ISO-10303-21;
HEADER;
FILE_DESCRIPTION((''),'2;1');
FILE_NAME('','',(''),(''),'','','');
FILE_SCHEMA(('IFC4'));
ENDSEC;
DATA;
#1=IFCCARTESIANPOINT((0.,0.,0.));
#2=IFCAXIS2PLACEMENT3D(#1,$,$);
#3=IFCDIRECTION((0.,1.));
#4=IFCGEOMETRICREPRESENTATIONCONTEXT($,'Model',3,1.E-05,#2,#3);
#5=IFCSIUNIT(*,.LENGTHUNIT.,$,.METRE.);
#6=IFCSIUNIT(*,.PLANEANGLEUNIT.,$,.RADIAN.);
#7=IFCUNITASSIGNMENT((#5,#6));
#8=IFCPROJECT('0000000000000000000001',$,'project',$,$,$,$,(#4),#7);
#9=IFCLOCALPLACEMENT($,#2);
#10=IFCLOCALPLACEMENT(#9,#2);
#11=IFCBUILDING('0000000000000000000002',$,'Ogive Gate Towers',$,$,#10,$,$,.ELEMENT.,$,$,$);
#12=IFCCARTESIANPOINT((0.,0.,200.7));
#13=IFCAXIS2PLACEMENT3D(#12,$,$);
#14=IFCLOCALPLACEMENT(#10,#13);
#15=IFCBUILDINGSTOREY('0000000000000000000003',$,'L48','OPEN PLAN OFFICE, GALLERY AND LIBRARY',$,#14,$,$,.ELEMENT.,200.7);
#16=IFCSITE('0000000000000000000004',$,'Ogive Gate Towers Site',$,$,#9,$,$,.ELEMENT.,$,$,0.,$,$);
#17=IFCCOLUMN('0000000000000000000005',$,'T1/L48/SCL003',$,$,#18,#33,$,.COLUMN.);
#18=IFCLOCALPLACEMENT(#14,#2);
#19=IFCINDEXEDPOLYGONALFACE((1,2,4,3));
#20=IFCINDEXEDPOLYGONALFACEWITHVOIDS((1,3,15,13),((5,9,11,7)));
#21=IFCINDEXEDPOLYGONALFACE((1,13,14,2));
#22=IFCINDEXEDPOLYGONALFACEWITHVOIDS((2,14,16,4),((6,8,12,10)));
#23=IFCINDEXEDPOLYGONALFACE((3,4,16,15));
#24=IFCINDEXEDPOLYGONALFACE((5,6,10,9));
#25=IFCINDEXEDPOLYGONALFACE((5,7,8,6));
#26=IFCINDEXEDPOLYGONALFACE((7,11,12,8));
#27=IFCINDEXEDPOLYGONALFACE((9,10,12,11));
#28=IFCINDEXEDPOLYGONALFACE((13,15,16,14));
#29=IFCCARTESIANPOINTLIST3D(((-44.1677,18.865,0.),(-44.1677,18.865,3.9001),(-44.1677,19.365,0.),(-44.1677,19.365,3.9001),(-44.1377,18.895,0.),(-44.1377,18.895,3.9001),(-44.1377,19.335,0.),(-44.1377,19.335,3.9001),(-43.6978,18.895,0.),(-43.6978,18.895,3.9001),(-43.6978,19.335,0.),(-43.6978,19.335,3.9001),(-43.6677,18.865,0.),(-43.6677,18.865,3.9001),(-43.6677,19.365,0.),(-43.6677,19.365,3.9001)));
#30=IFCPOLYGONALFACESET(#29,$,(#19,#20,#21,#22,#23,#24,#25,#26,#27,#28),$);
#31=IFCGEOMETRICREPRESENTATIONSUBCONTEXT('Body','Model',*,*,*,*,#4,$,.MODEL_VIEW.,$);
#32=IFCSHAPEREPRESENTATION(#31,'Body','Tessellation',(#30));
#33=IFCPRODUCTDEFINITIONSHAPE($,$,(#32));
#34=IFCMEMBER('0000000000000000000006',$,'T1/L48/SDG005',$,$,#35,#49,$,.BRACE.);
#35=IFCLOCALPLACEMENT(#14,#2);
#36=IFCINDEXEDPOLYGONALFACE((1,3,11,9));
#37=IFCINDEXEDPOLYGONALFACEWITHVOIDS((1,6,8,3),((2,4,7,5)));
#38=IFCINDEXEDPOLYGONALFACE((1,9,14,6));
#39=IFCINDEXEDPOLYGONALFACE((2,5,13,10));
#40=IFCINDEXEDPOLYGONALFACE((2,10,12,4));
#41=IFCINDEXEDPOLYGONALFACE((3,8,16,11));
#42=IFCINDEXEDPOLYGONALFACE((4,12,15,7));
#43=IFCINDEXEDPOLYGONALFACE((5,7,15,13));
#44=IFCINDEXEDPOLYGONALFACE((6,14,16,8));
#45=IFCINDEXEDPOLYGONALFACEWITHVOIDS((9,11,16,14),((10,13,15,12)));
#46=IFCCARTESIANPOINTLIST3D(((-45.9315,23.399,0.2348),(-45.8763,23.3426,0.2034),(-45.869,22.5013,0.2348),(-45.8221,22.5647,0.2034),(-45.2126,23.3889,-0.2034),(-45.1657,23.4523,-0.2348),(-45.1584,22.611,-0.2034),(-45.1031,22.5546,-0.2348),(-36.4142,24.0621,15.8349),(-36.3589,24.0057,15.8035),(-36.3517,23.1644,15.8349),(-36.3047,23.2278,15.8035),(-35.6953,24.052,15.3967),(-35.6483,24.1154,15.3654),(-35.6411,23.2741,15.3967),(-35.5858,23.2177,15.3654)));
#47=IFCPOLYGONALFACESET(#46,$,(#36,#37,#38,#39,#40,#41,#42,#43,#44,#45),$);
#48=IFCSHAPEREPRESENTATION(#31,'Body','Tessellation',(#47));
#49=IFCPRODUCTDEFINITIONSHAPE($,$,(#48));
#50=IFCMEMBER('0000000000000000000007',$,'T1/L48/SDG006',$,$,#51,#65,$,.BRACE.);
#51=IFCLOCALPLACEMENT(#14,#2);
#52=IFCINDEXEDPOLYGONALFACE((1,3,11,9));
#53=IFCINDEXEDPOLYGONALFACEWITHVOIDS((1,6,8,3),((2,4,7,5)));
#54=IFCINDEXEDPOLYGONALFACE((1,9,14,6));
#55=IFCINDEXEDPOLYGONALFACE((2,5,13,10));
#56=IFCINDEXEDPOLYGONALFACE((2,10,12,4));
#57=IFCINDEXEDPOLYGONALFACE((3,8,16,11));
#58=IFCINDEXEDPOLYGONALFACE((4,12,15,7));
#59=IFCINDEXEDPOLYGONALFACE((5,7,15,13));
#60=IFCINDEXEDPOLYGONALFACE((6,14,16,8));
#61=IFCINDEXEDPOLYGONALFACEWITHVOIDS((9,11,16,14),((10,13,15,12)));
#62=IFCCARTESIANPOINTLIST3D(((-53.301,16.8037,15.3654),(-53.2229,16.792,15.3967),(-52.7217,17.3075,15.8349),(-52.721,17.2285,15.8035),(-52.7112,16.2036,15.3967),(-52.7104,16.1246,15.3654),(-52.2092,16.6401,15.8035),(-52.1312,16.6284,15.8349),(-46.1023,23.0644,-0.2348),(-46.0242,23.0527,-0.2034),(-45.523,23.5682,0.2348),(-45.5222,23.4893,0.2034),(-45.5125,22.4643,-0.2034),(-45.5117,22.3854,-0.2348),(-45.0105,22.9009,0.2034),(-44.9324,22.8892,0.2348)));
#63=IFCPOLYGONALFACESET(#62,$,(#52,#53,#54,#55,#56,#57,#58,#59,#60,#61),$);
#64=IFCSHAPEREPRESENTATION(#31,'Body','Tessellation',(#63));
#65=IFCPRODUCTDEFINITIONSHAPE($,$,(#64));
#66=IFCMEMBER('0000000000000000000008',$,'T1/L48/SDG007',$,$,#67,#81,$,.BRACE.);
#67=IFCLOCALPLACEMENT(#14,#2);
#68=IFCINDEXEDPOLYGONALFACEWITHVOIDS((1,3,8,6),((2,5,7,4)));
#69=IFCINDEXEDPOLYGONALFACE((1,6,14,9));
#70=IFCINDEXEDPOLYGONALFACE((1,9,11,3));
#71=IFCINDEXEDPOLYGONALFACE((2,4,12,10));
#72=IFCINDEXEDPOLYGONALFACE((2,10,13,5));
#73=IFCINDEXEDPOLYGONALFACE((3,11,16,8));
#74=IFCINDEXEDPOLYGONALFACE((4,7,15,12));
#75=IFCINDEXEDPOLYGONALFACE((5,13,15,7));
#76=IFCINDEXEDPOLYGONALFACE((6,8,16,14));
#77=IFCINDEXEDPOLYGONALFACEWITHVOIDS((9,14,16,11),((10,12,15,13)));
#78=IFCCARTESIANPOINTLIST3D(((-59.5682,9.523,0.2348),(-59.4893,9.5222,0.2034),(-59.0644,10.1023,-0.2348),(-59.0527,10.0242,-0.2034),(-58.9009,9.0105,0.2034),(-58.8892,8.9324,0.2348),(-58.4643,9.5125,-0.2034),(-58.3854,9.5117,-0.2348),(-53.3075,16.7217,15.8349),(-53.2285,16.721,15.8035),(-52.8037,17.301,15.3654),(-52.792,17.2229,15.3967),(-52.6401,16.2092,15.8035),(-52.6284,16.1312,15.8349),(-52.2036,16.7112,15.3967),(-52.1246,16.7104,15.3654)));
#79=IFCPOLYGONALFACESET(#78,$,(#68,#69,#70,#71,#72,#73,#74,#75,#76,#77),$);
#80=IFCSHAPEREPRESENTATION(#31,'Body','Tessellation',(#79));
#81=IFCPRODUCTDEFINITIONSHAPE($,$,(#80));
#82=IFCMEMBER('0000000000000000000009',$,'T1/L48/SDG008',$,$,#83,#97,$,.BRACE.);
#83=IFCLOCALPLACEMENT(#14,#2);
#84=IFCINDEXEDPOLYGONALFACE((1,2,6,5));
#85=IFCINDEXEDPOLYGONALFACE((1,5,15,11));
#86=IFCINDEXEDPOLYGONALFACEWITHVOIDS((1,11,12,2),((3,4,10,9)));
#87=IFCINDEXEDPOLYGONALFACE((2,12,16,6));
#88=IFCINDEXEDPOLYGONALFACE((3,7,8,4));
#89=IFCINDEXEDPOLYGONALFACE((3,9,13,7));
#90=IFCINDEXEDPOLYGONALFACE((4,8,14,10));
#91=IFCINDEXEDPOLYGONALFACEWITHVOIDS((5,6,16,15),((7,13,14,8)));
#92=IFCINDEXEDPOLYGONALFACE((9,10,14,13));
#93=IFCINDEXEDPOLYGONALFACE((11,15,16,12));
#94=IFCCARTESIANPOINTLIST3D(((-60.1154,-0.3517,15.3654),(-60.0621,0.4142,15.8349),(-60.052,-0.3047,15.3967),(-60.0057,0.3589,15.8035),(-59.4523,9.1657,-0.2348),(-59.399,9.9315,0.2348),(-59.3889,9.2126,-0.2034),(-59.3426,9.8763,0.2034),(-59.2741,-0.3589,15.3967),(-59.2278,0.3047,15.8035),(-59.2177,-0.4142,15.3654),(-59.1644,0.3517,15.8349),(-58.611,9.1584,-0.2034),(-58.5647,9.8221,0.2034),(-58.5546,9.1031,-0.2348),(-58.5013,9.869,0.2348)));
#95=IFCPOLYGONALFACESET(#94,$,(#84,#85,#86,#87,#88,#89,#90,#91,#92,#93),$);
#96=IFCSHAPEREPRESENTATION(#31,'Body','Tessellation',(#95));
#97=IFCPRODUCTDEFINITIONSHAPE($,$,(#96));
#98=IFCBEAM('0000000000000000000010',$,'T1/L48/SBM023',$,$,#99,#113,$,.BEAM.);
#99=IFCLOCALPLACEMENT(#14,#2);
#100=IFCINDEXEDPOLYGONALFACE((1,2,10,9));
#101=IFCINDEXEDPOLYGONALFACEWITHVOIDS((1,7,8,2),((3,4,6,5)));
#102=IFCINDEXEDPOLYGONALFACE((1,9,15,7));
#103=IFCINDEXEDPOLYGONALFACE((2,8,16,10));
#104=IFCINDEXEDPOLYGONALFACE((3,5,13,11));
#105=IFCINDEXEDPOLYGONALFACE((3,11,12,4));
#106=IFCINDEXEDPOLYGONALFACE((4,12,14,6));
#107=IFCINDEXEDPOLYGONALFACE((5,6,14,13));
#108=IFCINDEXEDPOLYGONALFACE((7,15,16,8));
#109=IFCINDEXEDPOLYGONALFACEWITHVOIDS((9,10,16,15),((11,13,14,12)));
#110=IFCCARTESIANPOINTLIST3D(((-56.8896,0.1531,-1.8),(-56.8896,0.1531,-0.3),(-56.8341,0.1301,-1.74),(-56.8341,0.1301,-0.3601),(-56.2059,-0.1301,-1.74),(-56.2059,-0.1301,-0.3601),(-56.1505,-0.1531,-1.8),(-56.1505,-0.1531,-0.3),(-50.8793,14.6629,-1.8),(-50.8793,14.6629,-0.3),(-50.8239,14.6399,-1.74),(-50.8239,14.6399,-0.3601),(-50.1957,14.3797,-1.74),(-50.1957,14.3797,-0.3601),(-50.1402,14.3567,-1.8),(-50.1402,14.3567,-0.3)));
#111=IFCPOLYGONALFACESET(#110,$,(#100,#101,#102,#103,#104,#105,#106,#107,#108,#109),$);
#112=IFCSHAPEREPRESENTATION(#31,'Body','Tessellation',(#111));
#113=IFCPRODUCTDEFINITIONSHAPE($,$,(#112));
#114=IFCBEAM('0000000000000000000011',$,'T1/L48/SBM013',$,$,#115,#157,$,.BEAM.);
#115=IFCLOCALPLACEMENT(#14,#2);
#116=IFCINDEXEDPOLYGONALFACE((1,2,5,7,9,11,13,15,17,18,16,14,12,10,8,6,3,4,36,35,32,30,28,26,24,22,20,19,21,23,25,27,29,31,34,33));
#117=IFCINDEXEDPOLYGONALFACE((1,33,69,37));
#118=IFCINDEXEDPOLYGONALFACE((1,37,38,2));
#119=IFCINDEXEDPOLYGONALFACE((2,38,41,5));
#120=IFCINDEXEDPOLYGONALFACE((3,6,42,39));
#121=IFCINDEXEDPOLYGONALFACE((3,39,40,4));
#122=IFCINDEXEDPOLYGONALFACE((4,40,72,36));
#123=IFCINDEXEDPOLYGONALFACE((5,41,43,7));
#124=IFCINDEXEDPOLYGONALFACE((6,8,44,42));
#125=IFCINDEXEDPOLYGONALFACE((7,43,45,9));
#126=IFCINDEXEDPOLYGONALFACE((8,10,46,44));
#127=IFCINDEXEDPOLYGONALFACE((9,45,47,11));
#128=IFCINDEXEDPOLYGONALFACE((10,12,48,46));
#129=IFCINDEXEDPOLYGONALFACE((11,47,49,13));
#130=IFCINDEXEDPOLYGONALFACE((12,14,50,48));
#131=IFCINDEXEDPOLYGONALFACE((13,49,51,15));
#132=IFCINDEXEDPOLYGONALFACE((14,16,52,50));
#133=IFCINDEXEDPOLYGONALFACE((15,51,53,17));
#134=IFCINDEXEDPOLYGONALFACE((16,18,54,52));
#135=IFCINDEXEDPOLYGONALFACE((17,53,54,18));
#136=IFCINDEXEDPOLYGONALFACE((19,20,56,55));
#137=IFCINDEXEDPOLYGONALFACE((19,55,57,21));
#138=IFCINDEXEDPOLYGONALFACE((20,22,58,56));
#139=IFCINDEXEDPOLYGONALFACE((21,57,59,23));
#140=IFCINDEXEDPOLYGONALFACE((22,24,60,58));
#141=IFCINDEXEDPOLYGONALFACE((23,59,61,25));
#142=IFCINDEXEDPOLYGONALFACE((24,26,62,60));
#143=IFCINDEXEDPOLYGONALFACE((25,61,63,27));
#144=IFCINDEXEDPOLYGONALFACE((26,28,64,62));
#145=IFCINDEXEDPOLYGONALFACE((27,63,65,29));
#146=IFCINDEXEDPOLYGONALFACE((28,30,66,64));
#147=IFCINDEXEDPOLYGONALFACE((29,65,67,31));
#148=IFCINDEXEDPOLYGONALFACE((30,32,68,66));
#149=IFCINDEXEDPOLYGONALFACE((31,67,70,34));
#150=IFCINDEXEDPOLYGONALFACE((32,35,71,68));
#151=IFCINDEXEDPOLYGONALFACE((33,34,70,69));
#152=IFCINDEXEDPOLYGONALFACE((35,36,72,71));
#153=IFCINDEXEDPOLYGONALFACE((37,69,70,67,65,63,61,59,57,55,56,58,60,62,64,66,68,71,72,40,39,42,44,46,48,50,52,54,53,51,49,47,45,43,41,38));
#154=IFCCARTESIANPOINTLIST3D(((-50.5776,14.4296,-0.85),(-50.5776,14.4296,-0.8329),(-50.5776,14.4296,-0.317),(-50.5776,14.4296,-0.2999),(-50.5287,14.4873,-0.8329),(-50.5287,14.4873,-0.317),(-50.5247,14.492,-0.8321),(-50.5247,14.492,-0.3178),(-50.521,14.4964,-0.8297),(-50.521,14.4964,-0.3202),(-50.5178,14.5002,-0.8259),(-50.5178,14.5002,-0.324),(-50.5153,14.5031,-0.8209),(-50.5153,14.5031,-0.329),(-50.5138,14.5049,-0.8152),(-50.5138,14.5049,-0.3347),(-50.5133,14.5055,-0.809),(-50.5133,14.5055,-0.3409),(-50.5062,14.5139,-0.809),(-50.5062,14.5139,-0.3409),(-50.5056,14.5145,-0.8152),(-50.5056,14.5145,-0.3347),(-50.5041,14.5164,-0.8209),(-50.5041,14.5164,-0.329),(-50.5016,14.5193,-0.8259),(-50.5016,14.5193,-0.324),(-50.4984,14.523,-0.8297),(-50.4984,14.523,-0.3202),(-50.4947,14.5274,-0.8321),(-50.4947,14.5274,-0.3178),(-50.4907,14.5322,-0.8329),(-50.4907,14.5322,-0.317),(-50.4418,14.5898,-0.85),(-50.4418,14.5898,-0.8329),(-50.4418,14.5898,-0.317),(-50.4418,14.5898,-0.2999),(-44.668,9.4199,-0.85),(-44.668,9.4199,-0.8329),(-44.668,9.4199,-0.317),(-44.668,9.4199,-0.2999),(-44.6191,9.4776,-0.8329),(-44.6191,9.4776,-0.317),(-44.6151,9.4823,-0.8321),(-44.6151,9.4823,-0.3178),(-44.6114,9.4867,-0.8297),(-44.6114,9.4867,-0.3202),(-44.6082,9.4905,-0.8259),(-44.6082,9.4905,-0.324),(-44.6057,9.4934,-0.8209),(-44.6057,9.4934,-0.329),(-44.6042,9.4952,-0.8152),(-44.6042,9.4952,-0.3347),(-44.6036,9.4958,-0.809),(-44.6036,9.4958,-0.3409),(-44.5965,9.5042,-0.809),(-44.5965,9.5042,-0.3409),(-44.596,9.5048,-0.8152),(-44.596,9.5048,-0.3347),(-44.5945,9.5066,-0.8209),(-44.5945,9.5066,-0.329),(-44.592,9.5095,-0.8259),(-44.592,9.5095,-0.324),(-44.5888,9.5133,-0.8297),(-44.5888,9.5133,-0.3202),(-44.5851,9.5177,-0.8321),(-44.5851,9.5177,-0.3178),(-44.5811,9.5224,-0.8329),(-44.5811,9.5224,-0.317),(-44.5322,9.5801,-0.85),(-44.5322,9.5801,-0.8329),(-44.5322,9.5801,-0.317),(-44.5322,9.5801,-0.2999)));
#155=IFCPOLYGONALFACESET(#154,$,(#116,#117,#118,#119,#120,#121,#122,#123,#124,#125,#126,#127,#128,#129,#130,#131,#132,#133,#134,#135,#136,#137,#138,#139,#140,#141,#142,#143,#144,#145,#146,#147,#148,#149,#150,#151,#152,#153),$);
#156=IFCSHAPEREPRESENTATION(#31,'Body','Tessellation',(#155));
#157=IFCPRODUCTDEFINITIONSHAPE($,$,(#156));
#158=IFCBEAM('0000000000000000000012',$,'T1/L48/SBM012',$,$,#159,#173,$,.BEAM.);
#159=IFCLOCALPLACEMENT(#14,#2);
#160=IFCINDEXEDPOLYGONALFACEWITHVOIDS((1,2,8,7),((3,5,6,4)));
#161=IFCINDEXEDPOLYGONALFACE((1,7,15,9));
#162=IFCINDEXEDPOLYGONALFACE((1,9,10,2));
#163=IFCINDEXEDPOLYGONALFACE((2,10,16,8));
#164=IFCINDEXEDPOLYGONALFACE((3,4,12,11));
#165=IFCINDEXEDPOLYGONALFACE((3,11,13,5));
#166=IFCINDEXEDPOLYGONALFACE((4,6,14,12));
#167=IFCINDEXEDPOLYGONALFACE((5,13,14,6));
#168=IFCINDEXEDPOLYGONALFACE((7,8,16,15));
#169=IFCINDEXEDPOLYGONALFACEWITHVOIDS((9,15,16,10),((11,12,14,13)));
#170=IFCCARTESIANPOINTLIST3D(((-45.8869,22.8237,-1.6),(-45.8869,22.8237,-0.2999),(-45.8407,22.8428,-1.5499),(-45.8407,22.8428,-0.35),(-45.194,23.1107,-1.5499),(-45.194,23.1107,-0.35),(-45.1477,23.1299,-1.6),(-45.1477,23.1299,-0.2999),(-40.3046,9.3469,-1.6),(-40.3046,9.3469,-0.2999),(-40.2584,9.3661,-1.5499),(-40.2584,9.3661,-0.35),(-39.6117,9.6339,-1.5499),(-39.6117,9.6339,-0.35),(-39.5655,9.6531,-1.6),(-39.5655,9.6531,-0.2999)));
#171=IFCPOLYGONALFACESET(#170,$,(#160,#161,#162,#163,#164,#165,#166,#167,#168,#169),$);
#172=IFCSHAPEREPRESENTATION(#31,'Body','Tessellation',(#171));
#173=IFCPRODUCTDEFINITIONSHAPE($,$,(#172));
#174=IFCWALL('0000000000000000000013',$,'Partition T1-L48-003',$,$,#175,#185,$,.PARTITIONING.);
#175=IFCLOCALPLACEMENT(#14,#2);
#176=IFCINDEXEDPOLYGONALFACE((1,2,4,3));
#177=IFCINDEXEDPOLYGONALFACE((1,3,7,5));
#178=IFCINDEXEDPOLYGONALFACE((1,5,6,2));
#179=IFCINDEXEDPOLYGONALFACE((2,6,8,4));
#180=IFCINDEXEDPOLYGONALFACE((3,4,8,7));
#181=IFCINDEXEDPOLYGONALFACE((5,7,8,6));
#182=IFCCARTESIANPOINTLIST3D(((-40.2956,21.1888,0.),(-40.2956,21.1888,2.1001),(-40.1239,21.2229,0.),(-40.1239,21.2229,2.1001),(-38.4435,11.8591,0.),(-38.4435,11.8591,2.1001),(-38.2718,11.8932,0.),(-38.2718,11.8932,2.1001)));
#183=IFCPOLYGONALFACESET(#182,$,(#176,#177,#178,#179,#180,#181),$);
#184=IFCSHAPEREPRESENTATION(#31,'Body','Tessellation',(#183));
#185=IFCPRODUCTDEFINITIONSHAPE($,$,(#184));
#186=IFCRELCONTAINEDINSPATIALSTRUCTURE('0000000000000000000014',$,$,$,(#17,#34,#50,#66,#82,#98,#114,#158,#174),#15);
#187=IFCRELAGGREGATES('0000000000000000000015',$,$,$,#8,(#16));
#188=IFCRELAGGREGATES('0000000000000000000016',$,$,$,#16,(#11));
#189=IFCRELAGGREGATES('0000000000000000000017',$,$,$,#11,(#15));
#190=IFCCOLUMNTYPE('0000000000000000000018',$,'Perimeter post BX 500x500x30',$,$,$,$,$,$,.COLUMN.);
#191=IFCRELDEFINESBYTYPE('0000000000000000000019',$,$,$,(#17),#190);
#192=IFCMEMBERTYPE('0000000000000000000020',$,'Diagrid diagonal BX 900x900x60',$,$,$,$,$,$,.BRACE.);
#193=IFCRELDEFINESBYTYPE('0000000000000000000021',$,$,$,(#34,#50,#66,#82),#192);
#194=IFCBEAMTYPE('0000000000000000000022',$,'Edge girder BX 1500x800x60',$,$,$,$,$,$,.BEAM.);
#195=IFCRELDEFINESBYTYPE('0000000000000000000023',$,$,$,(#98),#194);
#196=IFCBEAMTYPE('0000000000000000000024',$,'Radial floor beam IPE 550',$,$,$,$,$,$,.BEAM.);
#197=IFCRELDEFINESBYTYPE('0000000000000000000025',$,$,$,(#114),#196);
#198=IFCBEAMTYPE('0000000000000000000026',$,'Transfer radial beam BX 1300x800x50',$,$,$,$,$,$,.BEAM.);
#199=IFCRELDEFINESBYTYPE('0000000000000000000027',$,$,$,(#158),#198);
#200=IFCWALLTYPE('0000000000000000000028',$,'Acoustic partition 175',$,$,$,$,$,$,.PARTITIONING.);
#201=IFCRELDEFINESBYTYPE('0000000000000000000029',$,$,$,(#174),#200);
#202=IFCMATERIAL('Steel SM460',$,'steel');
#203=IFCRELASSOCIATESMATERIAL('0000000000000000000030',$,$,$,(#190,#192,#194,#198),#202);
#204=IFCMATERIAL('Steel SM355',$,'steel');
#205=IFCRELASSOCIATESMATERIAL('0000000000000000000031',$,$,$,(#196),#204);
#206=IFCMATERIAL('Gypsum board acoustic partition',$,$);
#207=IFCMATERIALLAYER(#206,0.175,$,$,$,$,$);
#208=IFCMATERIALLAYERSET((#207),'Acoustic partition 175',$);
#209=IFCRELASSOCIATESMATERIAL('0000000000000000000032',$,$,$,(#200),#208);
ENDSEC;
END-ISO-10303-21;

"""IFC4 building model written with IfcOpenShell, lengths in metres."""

from ifc_helpers import new_model, si_unit, direction, frame, frame_2d, origin, origin_2d, place, context, subcontext, project, spatial, rectangle, hollow_rectangle, i_section, extrude, material, layer, layer_set, material_profile, profile_set, type_object, element, save


model = new_model("IFC4")

# Units and contexts
model_context = context("Model", 3, precision=1e-05, world=origin(), true_north=direction((0.0, 1.0)))
body_context = subcontext(model_context, "Body", "Model", "MODEL_VIEW")
ifc_project = project(units=[si_unit("LENGTHUNIT", "METRE"), si_unit("PLANEANGLEUNIT", "RADIAN")], contexts=[model_context])

# Site, building, storey
site_placement = place(None, origin())
site = spatial("IfcSite", under=ifc_project, at=site_placement, Name="Ogive Gate Towers Site", CompositionType="ELEMENT", RefElevation=0.0)
building_placement = place(site_placement, origin())
building = spatial("IfcBuilding", under=site, at=building_placement, Name="Ogive Gate Towers", CompositionType="ELEMENT")
storey_placement = place(building_placement, frame((0.0, 0.0, 200.7)))
storey = spatial("IfcBuildingStorey", under=building, at=storey_placement, Name="L48", Description="OPEN PLAN OFFICE, GALLERY AND LIBRARY", CompositionType="ELEMENT", Elevation=200.7)

# Column
ifc_material_1 = material(Name="Steel SM460", Category="steel")
ifc_material_profile_1 = material_profile(ifc_material_1, hollow_rectangle(XDim=0.5, YDim=0.5, WallThickness=0.03, at=origin_2d()), Name="BX 500x500x30")
ifc_profile_set_1 = profile_set([ifc_material_profile_1], Name="Steel SM460")
column_type = type_object("IfcColumnType", Name="Perimeter post BX 500x500x30", PredefinedType="COLUMN", material=ifc_profile_set_1)
column_placement = place(storey_placement, frame((-43.9177, 19.115, 0.0), z_axis=(0.0, 0.0, 1.0), x_axis=(1.0, 0.0, 0.0)))
element("IfcColumn", 1, at=column_placement, inside=storey, type_object=column_type, Name="T1/L48/SCL003", PredefinedType="COLUMN", context=body_context, shape_type="SweptSolid", body=[
    extrude(hollow_rectangle(XDim=0.5, YDim=0.5, WallThickness=0.03, at=origin_2d()), origin(), (0.0, 0.0, 1.0), 3.9001),
])

# Members
ifc_material_profile_2 = material_profile(ifc_material_1, hollow_rectangle(XDim=0.8999, YDim=0.8999, WallThickness=0.0601, at=origin_2d()), Name="BX 900x900x60")
ifc_profile_set_2 = profile_set([ifc_material_profile_2], Name="Steel SM460")
member_type = type_object("IfcMemberType", Name="Diagrid diagonal BX 900x900x60", PredefinedType="BRACE", material=ifc_profile_set_2)
for number, where, z_axis, x_axis, name in (
    (2, (-45.5173, 22.9768, 0.0), (0.520468, 0.036262, 0.853111), (-0.069503, 0.997582, 0.0), "T1/L48/SDG005"),
    (3, (-45.5173, 22.9768, 0.0), (-0.393672, -0.342377, 0.853112), (0.656237, -0.754555, 0.0), "T1/L48/SDG006"),
    (4, (-58.9768, 9.5173, 0.0), (0.342377, 0.393672, 0.853112), (-0.754555, 0.656237, 0.0), "T1/L48/SDG007"),
    (5, (-58.9768, 9.5173, 0.0), (-0.036262, -0.520468, 0.853111), (0.997582, -0.069503, 0.0), "T1/L48/SDG008"),
):
    element("IfcMember", number, at=place(storey_placement, frame(where, z_axis=z_axis, x_axis=x_axis)), inside=storey, type_object=member_type, Name=name, PredefinedType="BRACE", context=body_context, shape_type="SweptSolid", body=[
        extrude(hollow_rectangle(XDim=0.8999, YDim=0.8999, WallThickness=0.0601, at=origin_2d()), origin(), (0.0, 0.0, 1.0), 18.2861),
    ])

# Beams
ifc_material_profile_3 = material_profile(ifc_material_1, hollow_rectangle(XDim=0.8, YDim=1.5, WallThickness=0.0601, at=origin_2d()), Name="BX 1500x800x60")
ifc_profile_set_3 = profile_set([ifc_material_profile_3], Name="Steel SM460")
beam_type_1 = type_object("IfcBeamType", Name="Edge girder BX 1500x800x60", PredefinedType="BEAM", material=ifc_profile_set_3)
beam_1_placement = place(storey_placement, frame((-50.5098, 14.5098, -1.05), z_axis=(-0.38269, -0.923877, 0.0), x_axis=(0.923877, -0.38269, 0.0)))
element("IfcBeam", 6, at=beam_1_placement, inside=storey, type_object=beam_type_1, Name="T1/L48/SBM023", PredefinedType="BEAM", context=body_context, shape_type="SweptSolid", body=[
    extrude(hollow_rectangle(XDim=0.8, YDim=1.5, WallThickness=0.0601, at=origin_2d()), origin(), (0.0, 0.0, 1.0), 15.7053),
])
ifc_material_2 = material(Name="Steel SM355", Category="steel")
ifc_material_profile_4 = material_profile(ifc_material_2, i_section(OverallWidth=0.21, OverallDepth=0.55, WebThickness=0.011, FlangeThickness=0.0171, FilletRadius=0.0239, at=origin_2d()), Name="IPE 550")
ifc_profile_set_4 = profile_set([ifc_material_profile_4], Name="Steel SM355")
beam_type_2 = type_object("IfcBeamType", Name="Radial floor beam IPE 550", PredefinedType="BEAM", material=ifc_profile_set_4)
beam_2_placement = place(storey_placement, frame((-44.6001, 9.5, -0.575), z_axis=(-0.762795, 0.64664, 0.0), x_axis=(-0.64664, -0.762795, 0.0)))
element("IfcBeam", 7, at=beam_2_placement, inside=storey, type_object=beam_type_2, Name="T1/L48/SBM013", PredefinedType="BEAM", context=body_context, shape_type="SweptSolid", body=[
    extrude(i_section(OverallWidth=0.21, OverallDepth=0.55, WebThickness=0.011, FlangeThickness=0.0171, FilletRadius=0.0239, at=origin_2d()), origin(), (0.0, 0.0, 1.0), 7.7473),
])
ifc_material_profile_5 = material_profile(ifc_material_1, hollow_rectangle(XDim=0.8, YDim=1.3, WallThickness=0.05, at=origin_2d()), Name="BX 1300x800x50")
ifc_profile_set_5 = profile_set([ifc_material_profile_5], Name="Steel SM460")
beam_type_3 = type_object("IfcBeamType", Name="Transfer radial beam BX 1300x800x50", PredefinedType="BEAM", material=ifc_profile_set_5)
beam_3_placement = place(storey_placement, frame((-39.9351, 9.5, -0.95), z_axis=(-0.382683, 0.92388, 0.0), x_axis=(-0.92388, -0.382683, 0.0)))
element("IfcBeam", 8, at=beam_3_placement, inside=storey, type_object=beam_type_3, Name="T1/L48/SBM012", PredefinedType="BEAM", context=body_context, shape_type="SweptSolid", body=[
    extrude(hollow_rectangle(XDim=0.8, YDim=1.3, WallThickness=0.05, at=origin_2d()), origin(), (0.0, 0.0, 1.0), 14.5872),
])

# Wall
ifc_material_3 = material(Name="Gypsum board acoustic partition")
ifc_layer_1 = layer(ifc_material_3, 0.175)
ifc_layer_set_1 = layer_set([ifc_layer_1], Name="Acoustic partition 175")
wall_type_1 = type_object("IfcWallType", Name="Acoustic partition 175", PredefinedType="PARTITIONING", material=ifc_layer_set_1)
wall_1_placement = place(storey_placement, frame((-40.2097, 21.2058, 0.0), z_axis=(0.0, 0.0, 1.0), x_axis=(0.194714, -0.98086, 0.0)))
element("IfcWall", 9, at=wall_1_placement, inside=storey, type_object=wall_type_1, Name="Partition T1-L48-003", PredefinedType="PARTITIONING", context=body_context, shape_type="SweptSolid", body=[
    extrude(rectangle(XDim=9.5117, YDim=0.175, at=frame_2d((4.7559, 0.0))), origin(), (0.0, 0.0, 1.0), 2.1001),
])

save(model, "model.ifc")
